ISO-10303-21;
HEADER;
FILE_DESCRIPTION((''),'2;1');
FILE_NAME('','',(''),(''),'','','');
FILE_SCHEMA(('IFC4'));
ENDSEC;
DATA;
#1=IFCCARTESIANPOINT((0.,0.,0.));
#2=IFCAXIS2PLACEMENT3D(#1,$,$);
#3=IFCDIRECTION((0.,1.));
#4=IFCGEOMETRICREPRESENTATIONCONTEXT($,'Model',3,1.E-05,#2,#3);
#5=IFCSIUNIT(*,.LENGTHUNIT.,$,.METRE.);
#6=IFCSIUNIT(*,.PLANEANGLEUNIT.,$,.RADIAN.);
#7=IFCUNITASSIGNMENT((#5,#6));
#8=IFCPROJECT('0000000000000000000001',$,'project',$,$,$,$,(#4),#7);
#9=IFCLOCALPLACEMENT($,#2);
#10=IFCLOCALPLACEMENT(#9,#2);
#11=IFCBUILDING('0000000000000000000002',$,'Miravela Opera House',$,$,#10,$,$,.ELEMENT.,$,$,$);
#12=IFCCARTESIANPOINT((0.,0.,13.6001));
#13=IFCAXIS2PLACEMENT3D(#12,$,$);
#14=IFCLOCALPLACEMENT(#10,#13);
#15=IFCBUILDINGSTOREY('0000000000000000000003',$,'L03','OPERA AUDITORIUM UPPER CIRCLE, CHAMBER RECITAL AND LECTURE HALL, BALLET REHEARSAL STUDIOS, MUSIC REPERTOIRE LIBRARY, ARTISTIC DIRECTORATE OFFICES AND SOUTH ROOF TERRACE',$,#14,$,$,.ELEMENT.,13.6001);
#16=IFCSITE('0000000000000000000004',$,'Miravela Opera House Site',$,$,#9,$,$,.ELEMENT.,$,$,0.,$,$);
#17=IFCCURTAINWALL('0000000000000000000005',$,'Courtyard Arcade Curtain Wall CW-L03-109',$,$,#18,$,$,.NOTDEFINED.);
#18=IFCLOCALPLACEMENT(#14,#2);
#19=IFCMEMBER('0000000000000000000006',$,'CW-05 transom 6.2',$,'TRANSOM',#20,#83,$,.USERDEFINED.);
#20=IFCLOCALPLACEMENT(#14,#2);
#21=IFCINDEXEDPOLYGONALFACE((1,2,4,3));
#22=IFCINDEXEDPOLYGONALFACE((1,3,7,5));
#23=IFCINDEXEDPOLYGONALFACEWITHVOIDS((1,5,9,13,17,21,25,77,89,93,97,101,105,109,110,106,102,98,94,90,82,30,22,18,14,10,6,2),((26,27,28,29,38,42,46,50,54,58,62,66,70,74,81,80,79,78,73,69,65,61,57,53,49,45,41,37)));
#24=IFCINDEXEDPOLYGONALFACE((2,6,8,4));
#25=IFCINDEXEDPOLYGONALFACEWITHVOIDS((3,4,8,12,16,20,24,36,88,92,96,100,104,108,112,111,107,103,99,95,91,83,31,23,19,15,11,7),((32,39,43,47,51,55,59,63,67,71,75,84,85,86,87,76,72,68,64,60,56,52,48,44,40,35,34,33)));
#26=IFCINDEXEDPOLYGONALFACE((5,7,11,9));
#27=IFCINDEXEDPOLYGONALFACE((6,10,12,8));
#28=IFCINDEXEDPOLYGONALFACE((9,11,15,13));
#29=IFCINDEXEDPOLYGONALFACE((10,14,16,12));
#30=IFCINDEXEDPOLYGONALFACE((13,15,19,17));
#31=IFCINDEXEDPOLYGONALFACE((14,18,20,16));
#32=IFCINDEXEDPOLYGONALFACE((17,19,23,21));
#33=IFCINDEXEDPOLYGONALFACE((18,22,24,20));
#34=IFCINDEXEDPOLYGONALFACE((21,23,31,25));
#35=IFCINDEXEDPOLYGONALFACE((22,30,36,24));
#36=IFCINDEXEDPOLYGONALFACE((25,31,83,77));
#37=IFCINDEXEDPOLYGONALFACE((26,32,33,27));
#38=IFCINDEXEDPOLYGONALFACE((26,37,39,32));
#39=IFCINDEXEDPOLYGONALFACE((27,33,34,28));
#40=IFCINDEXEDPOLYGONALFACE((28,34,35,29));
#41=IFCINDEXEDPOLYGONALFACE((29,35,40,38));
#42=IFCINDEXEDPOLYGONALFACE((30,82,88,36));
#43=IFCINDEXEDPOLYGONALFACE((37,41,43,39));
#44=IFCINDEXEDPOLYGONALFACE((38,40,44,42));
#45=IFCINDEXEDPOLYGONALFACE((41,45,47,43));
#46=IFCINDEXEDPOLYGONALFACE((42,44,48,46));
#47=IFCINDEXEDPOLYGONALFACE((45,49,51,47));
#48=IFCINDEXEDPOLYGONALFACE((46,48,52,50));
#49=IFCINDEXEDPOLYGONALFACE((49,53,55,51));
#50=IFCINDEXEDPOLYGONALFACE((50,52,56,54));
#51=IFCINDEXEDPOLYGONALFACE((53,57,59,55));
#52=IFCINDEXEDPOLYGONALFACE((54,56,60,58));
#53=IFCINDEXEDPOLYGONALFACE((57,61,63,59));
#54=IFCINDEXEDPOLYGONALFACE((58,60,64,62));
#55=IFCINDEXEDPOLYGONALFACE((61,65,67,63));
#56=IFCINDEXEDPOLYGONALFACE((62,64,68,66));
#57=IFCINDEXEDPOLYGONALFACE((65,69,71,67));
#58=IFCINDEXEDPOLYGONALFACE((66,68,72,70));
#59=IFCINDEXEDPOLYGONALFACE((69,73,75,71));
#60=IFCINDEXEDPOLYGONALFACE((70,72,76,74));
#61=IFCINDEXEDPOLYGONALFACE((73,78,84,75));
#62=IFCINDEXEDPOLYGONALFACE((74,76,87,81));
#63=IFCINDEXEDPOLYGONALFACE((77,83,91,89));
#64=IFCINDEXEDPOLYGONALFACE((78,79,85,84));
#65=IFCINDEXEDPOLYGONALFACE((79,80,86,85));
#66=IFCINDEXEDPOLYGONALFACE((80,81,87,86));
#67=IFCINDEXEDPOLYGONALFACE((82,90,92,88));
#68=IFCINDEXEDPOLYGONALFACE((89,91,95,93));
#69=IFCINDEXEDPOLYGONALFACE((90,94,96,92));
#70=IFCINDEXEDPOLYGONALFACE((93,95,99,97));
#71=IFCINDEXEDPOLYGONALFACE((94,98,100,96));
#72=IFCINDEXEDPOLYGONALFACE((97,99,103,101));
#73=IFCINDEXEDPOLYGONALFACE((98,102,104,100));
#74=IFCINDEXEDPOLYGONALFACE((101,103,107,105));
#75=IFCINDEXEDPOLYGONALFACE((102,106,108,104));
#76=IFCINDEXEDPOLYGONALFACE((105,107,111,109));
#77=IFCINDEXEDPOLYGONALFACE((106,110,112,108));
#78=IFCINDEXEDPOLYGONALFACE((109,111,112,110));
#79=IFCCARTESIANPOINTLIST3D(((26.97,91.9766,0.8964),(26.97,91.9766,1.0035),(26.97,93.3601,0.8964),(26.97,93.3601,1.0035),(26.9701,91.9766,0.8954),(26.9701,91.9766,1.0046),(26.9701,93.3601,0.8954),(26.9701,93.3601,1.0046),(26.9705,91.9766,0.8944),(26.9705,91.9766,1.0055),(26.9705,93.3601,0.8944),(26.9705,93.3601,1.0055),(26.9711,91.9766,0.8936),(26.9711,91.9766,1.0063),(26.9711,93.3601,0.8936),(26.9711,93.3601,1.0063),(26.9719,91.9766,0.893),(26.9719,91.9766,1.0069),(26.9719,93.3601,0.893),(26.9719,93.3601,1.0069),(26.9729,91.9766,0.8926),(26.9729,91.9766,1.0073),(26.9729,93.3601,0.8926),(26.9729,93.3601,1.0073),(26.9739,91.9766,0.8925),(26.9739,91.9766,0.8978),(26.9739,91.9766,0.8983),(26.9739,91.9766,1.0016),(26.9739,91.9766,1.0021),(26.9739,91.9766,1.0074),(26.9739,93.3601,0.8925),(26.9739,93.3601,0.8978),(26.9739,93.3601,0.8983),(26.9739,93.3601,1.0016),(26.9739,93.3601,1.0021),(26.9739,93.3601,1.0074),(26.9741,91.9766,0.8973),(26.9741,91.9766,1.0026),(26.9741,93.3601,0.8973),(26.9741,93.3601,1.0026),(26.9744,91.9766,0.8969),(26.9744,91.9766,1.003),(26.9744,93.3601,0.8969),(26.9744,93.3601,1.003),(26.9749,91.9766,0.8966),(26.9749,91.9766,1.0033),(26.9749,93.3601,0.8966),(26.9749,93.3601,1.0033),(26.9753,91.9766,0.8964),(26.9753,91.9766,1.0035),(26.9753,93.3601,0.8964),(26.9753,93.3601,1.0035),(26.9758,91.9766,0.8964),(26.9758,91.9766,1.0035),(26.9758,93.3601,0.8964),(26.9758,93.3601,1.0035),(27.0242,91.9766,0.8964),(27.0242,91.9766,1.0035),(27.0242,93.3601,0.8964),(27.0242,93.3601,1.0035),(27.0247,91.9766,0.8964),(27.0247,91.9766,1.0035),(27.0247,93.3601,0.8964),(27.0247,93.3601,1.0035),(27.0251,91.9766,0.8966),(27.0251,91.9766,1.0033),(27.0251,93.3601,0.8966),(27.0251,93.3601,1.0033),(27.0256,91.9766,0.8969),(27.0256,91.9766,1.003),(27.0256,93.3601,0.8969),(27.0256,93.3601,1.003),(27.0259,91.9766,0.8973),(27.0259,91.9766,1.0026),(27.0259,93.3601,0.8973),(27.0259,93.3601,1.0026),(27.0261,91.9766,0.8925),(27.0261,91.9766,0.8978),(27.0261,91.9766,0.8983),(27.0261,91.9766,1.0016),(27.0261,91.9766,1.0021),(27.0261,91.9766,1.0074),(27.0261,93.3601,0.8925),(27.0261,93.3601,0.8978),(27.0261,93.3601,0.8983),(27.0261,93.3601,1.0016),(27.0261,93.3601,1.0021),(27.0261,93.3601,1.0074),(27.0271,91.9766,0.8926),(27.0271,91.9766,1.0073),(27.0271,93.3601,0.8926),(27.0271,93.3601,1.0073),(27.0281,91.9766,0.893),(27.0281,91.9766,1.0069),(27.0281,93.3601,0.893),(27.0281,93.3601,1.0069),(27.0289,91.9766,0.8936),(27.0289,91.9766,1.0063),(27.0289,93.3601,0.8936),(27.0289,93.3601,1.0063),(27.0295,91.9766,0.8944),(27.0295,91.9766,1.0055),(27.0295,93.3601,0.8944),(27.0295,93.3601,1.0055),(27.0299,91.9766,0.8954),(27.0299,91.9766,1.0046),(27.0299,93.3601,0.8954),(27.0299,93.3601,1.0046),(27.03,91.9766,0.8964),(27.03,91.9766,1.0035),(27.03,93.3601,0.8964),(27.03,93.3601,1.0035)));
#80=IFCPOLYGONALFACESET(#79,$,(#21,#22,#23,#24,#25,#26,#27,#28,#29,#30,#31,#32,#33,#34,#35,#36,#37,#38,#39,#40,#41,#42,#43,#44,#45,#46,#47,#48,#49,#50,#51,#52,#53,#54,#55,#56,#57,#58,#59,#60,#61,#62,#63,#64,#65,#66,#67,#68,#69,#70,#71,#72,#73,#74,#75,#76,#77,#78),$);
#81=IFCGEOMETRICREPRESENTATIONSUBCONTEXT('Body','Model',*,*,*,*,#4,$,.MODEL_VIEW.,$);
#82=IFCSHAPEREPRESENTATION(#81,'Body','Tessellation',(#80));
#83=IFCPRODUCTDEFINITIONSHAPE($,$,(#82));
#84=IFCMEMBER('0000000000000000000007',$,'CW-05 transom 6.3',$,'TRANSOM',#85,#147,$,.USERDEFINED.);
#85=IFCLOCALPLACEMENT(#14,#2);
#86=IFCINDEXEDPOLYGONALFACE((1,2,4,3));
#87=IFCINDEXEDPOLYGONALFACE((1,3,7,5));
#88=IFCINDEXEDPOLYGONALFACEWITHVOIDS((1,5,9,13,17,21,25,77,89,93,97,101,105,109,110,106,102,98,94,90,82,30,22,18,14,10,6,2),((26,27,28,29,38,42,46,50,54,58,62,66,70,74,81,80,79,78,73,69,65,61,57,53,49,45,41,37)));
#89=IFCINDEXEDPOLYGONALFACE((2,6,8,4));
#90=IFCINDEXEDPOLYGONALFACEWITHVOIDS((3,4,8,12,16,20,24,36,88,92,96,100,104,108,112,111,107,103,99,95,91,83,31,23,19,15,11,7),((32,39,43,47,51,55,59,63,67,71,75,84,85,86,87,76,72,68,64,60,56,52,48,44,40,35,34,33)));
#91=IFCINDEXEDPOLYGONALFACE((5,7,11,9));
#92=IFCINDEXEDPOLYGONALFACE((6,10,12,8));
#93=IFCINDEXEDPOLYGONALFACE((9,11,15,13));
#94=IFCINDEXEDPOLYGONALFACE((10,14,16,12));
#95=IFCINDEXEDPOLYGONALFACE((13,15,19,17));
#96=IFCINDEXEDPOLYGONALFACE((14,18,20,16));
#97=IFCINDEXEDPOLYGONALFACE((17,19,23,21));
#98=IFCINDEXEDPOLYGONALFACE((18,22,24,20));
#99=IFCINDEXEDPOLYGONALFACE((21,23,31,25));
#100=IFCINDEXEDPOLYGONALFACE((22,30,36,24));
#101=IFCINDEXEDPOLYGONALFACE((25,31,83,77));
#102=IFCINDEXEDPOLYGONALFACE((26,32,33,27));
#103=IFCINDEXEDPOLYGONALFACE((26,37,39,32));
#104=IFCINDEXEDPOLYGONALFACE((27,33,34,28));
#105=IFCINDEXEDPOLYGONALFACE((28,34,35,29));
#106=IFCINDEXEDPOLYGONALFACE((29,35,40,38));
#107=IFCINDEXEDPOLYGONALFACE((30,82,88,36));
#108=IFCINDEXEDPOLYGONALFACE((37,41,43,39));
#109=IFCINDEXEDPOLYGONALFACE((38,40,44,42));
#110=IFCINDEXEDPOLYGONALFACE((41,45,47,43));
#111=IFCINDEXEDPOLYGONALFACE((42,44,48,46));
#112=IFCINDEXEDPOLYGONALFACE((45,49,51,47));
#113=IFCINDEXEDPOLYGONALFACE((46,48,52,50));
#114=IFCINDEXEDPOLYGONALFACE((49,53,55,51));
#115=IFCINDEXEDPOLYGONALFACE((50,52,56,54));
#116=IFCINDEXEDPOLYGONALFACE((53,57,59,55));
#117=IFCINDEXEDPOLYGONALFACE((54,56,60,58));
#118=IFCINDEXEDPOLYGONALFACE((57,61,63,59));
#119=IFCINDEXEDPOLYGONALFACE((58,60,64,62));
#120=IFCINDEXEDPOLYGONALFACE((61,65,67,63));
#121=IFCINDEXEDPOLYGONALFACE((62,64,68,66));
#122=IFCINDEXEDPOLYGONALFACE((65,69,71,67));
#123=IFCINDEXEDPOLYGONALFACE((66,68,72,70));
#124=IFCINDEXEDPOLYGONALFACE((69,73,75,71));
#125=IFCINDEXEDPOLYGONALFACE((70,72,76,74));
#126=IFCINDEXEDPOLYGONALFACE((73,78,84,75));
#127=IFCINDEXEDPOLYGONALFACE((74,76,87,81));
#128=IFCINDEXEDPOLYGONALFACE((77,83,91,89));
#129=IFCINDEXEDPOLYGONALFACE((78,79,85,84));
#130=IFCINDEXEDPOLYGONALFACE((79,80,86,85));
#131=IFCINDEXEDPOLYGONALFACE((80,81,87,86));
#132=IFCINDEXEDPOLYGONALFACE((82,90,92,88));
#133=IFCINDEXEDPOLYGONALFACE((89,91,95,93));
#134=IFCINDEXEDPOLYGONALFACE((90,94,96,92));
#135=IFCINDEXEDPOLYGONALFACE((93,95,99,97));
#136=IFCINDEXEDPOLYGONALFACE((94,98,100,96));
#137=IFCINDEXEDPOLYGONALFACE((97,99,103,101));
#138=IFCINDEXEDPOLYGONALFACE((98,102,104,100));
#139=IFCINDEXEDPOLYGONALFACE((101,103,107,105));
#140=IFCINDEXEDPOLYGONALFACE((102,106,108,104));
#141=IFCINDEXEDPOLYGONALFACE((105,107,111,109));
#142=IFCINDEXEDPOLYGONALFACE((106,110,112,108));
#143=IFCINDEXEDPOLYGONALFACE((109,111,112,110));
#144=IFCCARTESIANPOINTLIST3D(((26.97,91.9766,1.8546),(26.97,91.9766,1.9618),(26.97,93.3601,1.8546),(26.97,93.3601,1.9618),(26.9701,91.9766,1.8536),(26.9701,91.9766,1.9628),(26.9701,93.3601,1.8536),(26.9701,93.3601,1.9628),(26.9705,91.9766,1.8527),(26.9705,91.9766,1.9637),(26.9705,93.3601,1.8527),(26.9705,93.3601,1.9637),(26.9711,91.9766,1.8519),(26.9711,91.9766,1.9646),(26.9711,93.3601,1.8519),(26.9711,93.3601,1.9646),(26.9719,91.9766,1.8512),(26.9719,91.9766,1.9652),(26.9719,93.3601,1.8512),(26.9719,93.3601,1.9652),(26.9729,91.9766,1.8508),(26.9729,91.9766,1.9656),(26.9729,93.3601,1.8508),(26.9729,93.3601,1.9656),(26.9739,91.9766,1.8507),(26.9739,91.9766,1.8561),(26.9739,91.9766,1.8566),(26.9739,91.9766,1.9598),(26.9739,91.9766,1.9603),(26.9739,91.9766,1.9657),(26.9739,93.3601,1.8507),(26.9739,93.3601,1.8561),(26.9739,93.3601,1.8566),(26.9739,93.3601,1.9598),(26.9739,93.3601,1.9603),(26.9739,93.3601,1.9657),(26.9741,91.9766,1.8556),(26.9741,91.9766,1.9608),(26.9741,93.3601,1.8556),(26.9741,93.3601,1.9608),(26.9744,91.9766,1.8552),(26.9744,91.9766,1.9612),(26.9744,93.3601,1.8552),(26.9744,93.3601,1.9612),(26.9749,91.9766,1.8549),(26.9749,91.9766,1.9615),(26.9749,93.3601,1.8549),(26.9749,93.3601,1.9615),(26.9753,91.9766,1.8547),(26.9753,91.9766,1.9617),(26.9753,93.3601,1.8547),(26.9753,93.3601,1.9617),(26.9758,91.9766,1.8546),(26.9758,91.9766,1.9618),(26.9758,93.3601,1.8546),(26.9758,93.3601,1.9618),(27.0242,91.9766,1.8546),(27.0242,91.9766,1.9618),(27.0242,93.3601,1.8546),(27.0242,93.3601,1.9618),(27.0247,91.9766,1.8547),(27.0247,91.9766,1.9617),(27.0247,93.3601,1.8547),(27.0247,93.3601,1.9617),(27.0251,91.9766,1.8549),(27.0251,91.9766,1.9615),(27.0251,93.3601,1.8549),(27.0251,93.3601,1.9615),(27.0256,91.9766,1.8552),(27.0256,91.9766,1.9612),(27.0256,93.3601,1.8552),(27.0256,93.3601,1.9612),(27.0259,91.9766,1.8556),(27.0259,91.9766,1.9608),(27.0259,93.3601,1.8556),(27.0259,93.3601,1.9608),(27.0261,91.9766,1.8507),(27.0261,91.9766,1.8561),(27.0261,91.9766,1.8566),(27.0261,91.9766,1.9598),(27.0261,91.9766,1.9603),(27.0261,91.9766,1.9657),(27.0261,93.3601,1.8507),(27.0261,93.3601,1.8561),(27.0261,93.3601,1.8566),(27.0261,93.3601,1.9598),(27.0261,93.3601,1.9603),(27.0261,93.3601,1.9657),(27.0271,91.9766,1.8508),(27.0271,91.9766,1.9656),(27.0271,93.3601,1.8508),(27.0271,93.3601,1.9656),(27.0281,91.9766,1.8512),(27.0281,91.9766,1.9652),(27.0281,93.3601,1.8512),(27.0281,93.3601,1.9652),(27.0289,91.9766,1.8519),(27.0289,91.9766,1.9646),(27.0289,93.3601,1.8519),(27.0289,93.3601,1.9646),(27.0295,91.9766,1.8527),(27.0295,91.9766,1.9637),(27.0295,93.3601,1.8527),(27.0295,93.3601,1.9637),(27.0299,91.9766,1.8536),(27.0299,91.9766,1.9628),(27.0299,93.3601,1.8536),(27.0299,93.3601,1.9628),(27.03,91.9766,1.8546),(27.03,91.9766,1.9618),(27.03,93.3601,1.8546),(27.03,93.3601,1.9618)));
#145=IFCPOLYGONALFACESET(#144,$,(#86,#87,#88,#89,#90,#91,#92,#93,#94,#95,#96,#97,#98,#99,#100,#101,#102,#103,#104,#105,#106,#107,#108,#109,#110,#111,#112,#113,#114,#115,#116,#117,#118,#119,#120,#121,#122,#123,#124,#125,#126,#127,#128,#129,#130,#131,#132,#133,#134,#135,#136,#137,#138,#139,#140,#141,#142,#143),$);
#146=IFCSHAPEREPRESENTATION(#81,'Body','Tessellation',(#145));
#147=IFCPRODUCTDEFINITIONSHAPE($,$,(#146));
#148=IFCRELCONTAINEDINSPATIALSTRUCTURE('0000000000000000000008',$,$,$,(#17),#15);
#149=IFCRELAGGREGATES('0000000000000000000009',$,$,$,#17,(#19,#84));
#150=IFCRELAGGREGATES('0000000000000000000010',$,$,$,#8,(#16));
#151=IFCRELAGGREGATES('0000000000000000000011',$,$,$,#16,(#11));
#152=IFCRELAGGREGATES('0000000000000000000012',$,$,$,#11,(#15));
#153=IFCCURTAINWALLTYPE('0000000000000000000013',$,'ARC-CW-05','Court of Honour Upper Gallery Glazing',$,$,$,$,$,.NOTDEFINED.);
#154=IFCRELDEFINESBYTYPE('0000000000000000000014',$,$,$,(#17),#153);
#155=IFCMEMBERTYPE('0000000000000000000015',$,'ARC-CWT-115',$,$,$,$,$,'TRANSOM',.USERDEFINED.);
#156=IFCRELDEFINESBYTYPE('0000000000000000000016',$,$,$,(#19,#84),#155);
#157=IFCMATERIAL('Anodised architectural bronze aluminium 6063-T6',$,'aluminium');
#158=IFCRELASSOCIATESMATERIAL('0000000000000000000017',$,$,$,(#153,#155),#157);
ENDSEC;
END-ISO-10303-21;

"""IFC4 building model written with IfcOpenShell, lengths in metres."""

from ifc_helpers import new_model, si_unit, direction, frame, origin, origin_2d, place, context, subcontext, project, spatial, hollow_rectangle, extrude, material, material_profile, profile_set, type_object, element, aggregate, save


model = new_model("IFC4")

# Units and contexts
model_context = context("Model", 3, precision=1e-05, world=origin(), true_north=direction((0.0, 1.0)))
body_context = subcontext(model_context, "Body", "Model", "MODEL_VIEW")
ifc_project = project(units=[si_unit("LENGTHUNIT", "METRE"), si_unit("PLANEANGLEUNIT", "RADIAN")], contexts=[model_context])

# Site, building, storey
site_placement = place(None, origin())
site = spatial("IfcSite", under=ifc_project, at=site_placement, Name="Miravela Opera House Site", CompositionType="ELEMENT", RefElevation=0.0)
building_placement = place(site_placement, origin())
building = spatial("IfcBuilding", under=site, at=building_placement, Name="Miravela Opera House", CompositionType="ELEMENT")
storey_placement = place(building_placement, frame((0.0, 0.0, 13.6001)))
storey = spatial("IfcBuildingStorey", under=building, at=storey_placement, Name="L03", Description="OPERA AUDITORIUM UPPER CIRCLE, CHAMBER RECITAL AND LECTURE HALL, BALLET REHEARSAL STUDIOS, MUSIC REPERTOIRE LIBRARY, ARTISTIC DIRECTORATE OFFICES AND SOUTH ROOF TERRACE", CompositionType="ELEMENT", Elevation=13.6001)

# Curtain wall
ifc_material_1 = material(Name="Anodised architectural bronze aluminium 6063-T6", Category="aluminium")
curtain_wall_type = type_object("IfcCurtainWallType", Name="ARC-CW-05", Description="Court of Honour Upper Gallery Glazing", PredefinedType="NOTDEFINED", material=ifc_material_1)
curtain_wall_1_placement = place(storey_placement, origin())
curtain_wall_1 = element("IfcCurtainWall", 1, at=curtain_wall_1_placement, inside=storey, type_object=curtain_wall_type, Name="Courtyard Arcade Curtain Wall CW-L03-109", PredefinedType="NOTDEFINED")

# Members
ifc_material_profile_1 = material_profile(ifc_material_1, hollow_rectangle(XDim=0.0601, YDim=0.115, WallThickness=0.0039, InnerFilletRadius=0.002, OuterFilletRadius=0.0039, at=origin_2d()), Name="CWT-60X115")
ifc_profile_set_1 = profile_set([ifc_material_profile_1])
member_type_1 = type_object("IfcMemberType", Name="ARC-CWT-115", ElementType="TRANSOM", PredefinedType="USERDEFINED", material=ifc_profile_set_1)
member_1_placement = place(storey_placement, frame((27.0, 91.9766, 0.95), z_axis=(0.0, 1.0, 0.0), x_axis=(-1.0, 0.0, 0.0)))
member_1 = element("IfcMember", 2, at=member_1_placement, type_object=member_type_1, Name="CW-05 transom 6.2", ObjectType="TRANSOM", PredefinedType="USERDEFINED", context=body_context, shape_type="SweptSolid", body=[
    extrude(hollow_rectangle(XDim=0.0601, YDim=0.115, WallThickness=0.0039, InnerFilletRadius=0.002, OuterFilletRadius=0.0039, at=origin_2d()), origin(), (0.0, 0.0, 1.0), 1.3835),
])
member_2_placement = place(storey_placement, frame((27.0, 91.9766, 1.9082), z_axis=(0.0, 1.0, 0.0), x_axis=(-1.0, 0.0, 0.0)))
member_2 = element("IfcMember", 3, at=member_2_placement, type_object=member_type_1, Name="CW-05 transom 6.3", ObjectType="TRANSOM", PredefinedType="USERDEFINED", context=body_context, shape_type="SweptSolid", body=[
    extrude(hollow_rectangle(XDim=0.0601, YDim=0.115, WallThickness=0.0039, InnerFilletRadius=0.002, OuterFilletRadius=0.0039, at=origin_2d()), origin(), (0.0, 0.0, 1.0), 1.3835),
])

aggregate(curtain_wall_1, [member_1, member_2])

save(model, "model.ifc")
